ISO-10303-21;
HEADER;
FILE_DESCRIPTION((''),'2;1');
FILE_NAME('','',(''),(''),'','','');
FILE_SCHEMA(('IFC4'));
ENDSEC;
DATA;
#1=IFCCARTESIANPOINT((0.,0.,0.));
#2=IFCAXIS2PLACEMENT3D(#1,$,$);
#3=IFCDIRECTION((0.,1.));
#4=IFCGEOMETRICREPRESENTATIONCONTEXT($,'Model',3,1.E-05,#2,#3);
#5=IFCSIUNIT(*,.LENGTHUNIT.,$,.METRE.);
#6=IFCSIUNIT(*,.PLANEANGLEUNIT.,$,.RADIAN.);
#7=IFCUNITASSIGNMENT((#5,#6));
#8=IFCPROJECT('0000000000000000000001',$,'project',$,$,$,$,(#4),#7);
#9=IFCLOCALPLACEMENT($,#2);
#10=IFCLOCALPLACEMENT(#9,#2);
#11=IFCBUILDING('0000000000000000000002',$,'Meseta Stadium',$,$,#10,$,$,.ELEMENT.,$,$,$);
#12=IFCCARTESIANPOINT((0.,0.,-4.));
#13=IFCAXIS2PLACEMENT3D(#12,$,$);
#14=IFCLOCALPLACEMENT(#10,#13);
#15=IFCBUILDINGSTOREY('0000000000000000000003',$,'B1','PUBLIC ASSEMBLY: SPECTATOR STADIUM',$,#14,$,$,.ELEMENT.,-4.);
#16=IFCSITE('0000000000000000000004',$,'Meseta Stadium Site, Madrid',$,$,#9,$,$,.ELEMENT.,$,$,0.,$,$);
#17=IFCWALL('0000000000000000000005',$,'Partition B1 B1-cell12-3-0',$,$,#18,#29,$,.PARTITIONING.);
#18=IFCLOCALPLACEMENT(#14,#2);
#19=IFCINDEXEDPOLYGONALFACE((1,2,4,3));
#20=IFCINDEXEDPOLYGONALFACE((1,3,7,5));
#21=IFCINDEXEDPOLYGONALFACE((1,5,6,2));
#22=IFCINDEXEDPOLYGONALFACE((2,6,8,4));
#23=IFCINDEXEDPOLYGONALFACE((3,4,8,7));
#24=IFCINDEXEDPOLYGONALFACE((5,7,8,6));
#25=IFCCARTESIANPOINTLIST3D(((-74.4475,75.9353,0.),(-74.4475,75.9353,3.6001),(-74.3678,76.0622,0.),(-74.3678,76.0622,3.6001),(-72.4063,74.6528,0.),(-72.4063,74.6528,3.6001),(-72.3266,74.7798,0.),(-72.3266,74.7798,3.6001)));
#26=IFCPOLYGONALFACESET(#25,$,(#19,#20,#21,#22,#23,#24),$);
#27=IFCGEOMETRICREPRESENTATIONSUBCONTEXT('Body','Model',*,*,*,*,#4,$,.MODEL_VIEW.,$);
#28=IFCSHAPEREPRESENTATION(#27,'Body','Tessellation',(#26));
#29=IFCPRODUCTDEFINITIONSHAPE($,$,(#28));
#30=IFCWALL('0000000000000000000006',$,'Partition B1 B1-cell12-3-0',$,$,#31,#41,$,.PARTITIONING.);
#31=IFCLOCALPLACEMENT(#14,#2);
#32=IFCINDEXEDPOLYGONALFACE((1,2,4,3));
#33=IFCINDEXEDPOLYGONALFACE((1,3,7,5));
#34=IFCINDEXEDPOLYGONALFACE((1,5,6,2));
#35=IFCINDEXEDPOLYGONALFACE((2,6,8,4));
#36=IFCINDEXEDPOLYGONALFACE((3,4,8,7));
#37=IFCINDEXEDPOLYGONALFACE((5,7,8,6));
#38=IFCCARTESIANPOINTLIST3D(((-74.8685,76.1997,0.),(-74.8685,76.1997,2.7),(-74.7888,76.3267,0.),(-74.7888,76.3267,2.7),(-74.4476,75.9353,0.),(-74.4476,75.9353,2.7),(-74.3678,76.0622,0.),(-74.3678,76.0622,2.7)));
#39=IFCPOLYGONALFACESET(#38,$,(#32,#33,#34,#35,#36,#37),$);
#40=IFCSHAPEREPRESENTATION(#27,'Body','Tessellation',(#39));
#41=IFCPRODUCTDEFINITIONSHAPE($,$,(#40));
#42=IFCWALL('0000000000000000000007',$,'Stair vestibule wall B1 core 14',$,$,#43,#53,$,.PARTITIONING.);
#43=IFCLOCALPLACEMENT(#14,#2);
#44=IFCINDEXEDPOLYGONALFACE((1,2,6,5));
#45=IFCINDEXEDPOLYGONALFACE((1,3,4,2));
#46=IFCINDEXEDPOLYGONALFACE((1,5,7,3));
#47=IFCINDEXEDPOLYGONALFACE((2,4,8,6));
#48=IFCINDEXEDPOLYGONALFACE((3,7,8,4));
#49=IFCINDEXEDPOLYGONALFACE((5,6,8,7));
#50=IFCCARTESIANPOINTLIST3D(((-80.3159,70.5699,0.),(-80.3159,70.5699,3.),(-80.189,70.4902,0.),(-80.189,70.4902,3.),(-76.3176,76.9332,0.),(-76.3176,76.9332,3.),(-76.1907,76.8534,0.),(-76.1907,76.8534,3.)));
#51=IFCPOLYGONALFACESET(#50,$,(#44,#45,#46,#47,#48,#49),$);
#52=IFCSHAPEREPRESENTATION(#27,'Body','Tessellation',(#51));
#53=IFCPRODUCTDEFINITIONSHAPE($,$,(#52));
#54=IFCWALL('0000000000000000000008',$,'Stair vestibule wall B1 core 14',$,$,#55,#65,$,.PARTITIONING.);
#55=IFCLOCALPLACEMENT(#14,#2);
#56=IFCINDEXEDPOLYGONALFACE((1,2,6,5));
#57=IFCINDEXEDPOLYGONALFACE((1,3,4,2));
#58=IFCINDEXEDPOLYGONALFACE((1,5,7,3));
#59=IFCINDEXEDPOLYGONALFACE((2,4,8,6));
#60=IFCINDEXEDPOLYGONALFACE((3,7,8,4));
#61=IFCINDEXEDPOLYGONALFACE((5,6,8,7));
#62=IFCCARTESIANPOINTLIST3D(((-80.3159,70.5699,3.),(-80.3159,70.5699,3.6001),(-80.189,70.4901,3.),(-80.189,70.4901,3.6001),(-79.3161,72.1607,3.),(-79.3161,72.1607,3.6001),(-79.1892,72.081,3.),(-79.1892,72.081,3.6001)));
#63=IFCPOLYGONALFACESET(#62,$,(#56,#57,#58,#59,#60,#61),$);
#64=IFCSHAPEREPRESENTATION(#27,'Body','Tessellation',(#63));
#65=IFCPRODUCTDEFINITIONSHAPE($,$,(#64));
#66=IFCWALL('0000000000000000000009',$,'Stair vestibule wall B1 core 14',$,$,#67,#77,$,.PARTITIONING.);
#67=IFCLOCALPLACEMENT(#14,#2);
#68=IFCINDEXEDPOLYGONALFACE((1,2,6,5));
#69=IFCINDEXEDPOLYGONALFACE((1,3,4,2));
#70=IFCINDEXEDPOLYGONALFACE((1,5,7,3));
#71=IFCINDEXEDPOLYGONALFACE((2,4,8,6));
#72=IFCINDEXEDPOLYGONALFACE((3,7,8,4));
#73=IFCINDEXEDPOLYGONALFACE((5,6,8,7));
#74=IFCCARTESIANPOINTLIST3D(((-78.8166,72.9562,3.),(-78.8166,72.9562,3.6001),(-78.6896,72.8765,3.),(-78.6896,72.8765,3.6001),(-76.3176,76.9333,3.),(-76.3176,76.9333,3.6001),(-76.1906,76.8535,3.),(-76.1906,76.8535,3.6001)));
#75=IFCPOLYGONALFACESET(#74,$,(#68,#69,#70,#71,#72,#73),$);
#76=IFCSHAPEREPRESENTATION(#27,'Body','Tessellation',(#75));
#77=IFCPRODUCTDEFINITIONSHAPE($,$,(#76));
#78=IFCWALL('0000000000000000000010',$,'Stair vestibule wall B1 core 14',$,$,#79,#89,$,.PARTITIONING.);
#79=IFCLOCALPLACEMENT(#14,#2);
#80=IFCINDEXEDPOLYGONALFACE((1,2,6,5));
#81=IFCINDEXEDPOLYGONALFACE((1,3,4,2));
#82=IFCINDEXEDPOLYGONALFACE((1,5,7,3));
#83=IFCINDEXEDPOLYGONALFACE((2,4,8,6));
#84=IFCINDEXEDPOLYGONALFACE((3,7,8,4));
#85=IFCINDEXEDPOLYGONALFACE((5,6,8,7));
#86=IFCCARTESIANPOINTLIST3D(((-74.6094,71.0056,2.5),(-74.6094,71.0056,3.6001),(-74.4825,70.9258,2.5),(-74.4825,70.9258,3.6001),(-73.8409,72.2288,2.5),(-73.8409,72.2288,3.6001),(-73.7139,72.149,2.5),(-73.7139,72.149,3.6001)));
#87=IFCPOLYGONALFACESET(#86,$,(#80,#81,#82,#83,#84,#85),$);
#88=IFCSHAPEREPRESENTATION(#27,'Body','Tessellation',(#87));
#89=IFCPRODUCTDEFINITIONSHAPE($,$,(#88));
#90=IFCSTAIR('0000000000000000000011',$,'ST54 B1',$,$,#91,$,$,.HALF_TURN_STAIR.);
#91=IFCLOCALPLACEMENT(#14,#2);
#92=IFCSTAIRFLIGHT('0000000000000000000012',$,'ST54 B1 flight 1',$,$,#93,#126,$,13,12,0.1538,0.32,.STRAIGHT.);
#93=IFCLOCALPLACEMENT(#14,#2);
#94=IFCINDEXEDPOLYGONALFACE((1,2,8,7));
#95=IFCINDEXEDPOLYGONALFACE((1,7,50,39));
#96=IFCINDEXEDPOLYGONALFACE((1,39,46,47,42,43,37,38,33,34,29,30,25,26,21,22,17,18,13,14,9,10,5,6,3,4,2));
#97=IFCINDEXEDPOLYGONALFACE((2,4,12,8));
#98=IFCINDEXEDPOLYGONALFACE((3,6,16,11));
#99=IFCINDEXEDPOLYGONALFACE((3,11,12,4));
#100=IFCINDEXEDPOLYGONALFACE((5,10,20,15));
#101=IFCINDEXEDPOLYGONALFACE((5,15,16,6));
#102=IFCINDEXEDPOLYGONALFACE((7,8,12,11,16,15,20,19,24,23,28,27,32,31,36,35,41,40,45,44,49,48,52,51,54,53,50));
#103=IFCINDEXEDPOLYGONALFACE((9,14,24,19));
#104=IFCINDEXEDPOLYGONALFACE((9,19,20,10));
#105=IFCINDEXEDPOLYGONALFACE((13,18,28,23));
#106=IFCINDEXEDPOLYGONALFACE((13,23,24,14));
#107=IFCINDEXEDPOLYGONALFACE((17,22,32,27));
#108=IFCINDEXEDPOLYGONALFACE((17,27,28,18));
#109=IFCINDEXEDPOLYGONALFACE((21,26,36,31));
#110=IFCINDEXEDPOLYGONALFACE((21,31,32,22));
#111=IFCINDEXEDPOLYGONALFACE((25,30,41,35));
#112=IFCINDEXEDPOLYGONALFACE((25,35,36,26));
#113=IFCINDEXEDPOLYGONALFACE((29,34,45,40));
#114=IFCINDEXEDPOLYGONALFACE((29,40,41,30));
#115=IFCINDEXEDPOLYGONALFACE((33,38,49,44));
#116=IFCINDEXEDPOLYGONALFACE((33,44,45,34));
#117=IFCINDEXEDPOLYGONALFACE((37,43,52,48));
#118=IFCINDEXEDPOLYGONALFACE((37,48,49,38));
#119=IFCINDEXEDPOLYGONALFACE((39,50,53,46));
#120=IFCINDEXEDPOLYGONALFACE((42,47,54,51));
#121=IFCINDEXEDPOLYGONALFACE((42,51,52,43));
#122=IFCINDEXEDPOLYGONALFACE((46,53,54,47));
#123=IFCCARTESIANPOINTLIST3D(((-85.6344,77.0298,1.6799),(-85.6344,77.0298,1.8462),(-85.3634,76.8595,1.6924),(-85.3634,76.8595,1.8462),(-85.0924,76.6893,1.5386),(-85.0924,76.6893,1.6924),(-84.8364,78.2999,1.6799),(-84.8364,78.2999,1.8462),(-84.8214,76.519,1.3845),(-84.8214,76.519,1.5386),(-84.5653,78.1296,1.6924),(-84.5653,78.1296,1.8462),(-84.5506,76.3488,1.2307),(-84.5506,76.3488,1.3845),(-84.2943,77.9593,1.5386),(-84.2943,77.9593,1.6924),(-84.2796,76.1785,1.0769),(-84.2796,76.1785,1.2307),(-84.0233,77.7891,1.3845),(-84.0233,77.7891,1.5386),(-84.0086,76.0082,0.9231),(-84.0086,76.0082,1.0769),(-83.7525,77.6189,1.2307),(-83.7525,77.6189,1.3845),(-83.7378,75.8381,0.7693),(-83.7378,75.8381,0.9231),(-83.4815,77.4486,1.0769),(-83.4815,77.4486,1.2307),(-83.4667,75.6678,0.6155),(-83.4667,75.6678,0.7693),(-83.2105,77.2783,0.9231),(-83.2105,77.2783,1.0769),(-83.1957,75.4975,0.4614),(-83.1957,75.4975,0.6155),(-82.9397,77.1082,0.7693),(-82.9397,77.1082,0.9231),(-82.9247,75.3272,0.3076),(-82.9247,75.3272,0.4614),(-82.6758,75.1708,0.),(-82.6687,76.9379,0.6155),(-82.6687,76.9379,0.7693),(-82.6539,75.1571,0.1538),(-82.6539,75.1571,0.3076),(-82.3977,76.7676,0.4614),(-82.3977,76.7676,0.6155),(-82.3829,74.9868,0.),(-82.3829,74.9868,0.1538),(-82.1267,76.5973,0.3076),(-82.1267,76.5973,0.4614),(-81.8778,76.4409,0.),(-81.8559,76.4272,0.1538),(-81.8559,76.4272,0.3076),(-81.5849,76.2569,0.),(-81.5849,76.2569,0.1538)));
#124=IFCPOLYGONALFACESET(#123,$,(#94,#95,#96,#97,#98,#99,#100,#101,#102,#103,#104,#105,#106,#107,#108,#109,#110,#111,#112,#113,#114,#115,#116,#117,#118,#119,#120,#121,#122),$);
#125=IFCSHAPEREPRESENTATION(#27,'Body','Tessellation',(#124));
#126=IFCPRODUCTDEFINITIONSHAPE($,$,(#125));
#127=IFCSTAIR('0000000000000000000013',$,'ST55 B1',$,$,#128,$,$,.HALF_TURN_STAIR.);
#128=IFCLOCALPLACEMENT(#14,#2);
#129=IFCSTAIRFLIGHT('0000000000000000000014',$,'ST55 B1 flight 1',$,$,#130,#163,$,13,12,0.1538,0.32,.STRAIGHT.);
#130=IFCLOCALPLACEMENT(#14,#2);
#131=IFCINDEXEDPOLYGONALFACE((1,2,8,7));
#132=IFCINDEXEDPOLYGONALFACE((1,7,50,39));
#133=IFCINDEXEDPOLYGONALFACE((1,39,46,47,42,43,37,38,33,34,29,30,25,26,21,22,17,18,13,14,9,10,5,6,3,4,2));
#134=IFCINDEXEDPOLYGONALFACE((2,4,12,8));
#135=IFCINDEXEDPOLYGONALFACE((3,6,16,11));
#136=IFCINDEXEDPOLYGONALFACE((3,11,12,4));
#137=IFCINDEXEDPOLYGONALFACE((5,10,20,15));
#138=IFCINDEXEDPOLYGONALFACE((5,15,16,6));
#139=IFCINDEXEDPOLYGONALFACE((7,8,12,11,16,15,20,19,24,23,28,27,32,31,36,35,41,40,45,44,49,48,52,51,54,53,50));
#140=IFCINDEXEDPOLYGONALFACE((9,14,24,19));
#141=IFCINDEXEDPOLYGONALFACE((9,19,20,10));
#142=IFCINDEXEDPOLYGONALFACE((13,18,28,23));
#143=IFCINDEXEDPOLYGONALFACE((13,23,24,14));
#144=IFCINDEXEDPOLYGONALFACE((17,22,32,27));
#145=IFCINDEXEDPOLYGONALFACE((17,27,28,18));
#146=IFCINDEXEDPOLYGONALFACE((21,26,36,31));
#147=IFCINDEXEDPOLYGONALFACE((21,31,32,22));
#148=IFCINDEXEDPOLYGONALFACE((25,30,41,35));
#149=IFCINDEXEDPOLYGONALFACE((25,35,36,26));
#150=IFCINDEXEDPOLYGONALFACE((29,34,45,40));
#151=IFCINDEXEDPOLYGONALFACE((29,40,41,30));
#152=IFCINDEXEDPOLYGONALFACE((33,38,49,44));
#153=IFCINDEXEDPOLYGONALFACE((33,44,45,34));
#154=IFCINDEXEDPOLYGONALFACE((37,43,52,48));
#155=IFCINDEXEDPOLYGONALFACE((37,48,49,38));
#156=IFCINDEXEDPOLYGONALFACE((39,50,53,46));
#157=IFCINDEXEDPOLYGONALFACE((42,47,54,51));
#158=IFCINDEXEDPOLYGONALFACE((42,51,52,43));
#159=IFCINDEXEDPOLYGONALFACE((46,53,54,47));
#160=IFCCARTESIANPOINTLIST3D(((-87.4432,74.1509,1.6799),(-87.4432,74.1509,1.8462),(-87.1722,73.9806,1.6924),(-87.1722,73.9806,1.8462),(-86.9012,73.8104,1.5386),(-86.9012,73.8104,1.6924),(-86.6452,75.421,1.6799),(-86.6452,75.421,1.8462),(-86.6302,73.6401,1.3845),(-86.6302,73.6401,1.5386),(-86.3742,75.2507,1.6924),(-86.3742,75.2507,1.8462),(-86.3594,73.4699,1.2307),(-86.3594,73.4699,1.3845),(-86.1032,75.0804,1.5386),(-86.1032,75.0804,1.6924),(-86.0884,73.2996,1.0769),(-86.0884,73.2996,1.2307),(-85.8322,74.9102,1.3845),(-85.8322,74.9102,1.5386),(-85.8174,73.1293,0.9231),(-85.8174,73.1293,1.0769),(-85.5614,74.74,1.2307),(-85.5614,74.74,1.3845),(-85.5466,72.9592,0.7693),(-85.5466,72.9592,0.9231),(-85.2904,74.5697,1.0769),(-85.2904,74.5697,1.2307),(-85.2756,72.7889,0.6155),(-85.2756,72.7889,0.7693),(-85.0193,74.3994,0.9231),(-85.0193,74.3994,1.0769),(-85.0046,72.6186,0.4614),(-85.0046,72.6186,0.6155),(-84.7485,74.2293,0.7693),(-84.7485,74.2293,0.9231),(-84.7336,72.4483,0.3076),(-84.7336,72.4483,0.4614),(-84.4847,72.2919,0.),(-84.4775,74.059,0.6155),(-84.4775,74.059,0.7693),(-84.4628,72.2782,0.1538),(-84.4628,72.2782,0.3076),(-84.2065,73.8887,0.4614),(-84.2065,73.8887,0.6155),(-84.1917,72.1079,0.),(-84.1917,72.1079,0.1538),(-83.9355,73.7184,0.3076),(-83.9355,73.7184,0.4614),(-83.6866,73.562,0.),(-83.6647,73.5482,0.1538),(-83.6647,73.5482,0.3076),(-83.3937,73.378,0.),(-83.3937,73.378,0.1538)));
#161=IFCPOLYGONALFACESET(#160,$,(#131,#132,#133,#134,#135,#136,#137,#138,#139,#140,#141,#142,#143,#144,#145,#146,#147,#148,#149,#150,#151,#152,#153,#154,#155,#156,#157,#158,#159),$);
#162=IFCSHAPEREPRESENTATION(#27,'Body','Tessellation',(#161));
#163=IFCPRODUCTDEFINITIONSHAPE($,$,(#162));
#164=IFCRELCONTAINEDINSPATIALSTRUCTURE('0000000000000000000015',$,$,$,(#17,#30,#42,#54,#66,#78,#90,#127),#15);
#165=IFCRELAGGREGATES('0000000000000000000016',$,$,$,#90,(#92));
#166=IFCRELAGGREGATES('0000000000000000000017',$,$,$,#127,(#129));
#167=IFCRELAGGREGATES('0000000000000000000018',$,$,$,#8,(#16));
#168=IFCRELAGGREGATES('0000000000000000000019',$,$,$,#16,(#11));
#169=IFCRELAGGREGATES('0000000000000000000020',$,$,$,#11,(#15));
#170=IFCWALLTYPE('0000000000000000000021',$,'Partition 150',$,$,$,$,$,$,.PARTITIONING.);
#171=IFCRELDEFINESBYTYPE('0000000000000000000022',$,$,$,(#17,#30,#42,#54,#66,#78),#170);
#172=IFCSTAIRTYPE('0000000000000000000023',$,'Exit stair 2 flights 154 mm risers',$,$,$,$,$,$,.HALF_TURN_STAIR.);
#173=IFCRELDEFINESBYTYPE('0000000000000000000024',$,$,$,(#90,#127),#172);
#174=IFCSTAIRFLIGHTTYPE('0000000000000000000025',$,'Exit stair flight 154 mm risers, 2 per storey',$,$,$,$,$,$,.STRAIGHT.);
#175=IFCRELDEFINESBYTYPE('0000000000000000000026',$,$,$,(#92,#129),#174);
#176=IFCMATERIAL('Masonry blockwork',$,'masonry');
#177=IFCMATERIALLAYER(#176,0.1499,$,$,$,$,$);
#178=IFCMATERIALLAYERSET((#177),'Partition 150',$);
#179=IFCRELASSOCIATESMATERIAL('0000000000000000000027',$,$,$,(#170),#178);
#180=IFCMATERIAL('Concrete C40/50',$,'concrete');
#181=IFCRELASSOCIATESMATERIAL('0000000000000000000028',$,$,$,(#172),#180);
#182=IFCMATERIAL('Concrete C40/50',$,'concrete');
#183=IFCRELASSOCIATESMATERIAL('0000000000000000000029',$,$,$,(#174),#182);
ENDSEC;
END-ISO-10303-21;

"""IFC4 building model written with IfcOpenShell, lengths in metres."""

from ifc_helpers import new_model, si_unit, direction, frame, frame_2d, origin, place, context, subcontext, project, spatial, polyline, rectangle, outline, extrude, material, layer, layer_set, type_object, element, aggregate, save


model = new_model("IFC4")

# Units and contexts
model_context = context("Model", 3, precision=1e-05, world=origin(), true_north=direction((0.0, 1.0)))
body_context = subcontext(model_context, "Body", "Model", "MODEL_VIEW")
ifc_project = project(units=[si_unit("LENGTHUNIT", "METRE"), si_unit("PLANEANGLEUNIT", "RADIAN")], contexts=[model_context])

# Site, building, storey
site_placement = place(None, origin())
site = spatial("IfcSite", under=ifc_project, at=site_placement, Name="Meseta Stadium Site, Madrid", CompositionType="ELEMENT", RefElevation=0.0)
building_placement = place(site_placement, origin())
building = spatial("IfcBuilding", under=site, at=building_placement, Name="Meseta Stadium", CompositionType="ELEMENT")
storey_placement = place(building_placement, frame((0.0, 0.0, -4.0)))
storey = spatial("IfcBuildingStorey", under=building, at=storey_placement, Name="B1", Description="PUBLIC ASSEMBLY: SPECTATOR STADIUM", CompositionType="ELEMENT", Elevation=-4.0)

# Shared definitions
ifc_material_1 = material(Name="Masonry blockwork", Category="masonry")
ifc_layer_1 = layer(ifc_material_1, 0.1499)
ifc_layer_set_1 = layer_set([ifc_layer_1], Name="Partition 150")
wall_type_1 = type_object("IfcWallType", Name="Partition 150", PredefinedType="PARTITIONING", material=ifc_layer_set_1)

# Walls
wall_1_placement = place(storey_placement, frame((-72.3665, 74.7163, 0.0), z_axis=(0.0, 0.0, 1.0), x_axis=(-0.84675, 0.531991, 0.0)))
element("IfcWall", 1, at=wall_1_placement, inside=storey, type_object=wall_type_1, Name="Partition B1 B1-cell12-3-0", PredefinedType="PARTITIONING", context=body_context, shape_type="SweptSolid", body=[
    extrude(rectangle(XDim=2.4106, YDim=0.1499, at=frame_2d((1.2053, 0.0))), origin(), (0.0, 0.0, 1.0), 3.6001),
])
wall_2_placement = place(storey_placement, frame((-74.4077, 75.9988, 0.0), z_axis=(0.0, 0.0, 1.0), x_axis=(-0.846782, 0.53194, 0.0)))
element("IfcWall", 2, at=wall_2_placement, inside=storey, type_object=wall_type_1, Name="Partition B1 B1-cell12-3-0", PredefinedType="PARTITIONING", context=body_context, shape_type="SweptSolid", body=[
    extrude(rectangle(XDim=0.4971, YDim=0.1499, at=frame_2d((0.2485, 0.0))), origin(), (0.0, 0.0, 1.0), 2.7),
])
wall_3_placement = place(storey_placement, frame((-80.2524, 70.53, 0.0), z_axis=(0.0, 0.0, 1.0), x_axis=(0.53203, 0.846726, 0.0)))
element("IfcWall", 3, at=wall_3_placement, inside=storey, type_object=wall_type_1, Name="Stair vestibule wall B1 core 14", PredefinedType="PARTITIONING", context=body_context, shape_type="SweptSolid", body=[
    extrude(rectangle(XDim=7.5151, YDim=0.1499, at=frame_2d((3.7576, 0.0))), origin(), (0.0, 0.0, 1.0), 3.0),
])
wall_4_placement = place(storey_placement, frame((-80.2524, 70.53, 3.0), z_axis=(0.0, 0.0, 1.0), x_axis=(0.5321, 0.846682, 0.0)))
element("IfcWall", 4, at=wall_4_placement, inside=storey, type_object=wall_type_1, Name="Stair vestibule wall B1 core 14", PredefinedType="PARTITIONING", context=body_context, shape_type="SweptSolid", body=[
    extrude(rectangle(XDim=1.8789, YDim=0.1499, at=frame_2d((0.9395, 0.0))), origin(), (0.0, 0.0, 1.0), 0.6001),
])
wall_5_placement = place(storey_placement, frame((-78.7532, 72.9163, 3.0), z_axis=(0.0, 0.0, 1.0), x_axis=(0.532044, 0.846717, 0.0)))
element("IfcWall", 5, at=wall_5_placement, inside=storey, type_object=wall_type_1, Name="Stair vestibule wall B1 core 14", PredefinedType="PARTITIONING", context=body_context, shape_type="SweptSolid", body=[
    extrude(rectangle(XDim=4.697, YDim=0.1499, at=frame_2d((2.3486, 0.0))), origin(), (0.0, 0.0, 1.0), 0.6001),
])
wall_6_placement = place(storey_placement, frame((-74.5459, 70.9658, 2.5), z_axis=(0.0, 0.0, 1.0), x_axis=(0.532033, 0.846724, 0.0)))
element("IfcWall", 6, at=wall_6_placement, inside=storey, type_object=wall_type_1, Name="Stair vestibule wall B1 core 14", PredefinedType="PARTITIONING", context=body_context, shape_type="SweptSolid", body=[
    extrude(rectangle(XDim=1.4446, YDim=0.1499, at=frame_2d((0.7222, 0.0))), origin(), (0.0, 0.0, 1.0), 1.1001),
])

# Stairs, stair flights
ifc_material_2 = material(Name="Concrete C40/50", Category="concrete")
stair_type = type_object("IfcStairType", Name="Exit stair 2 flights 154 mm risers", PredefinedType="HALF_TURN_STAIR", material=ifc_material_2)
stair_1_placement = place(storey_placement, origin())
stair_1 = element("IfcStair", 7, at=stair_1_placement, inside=storey, type_object=stair_type, Name="ST54 B1", PredefinedType="HALF_TURN_STAIR")
ifc_material_3 = material(Name="Concrete C40/50", Category="concrete")
stair_flight_type = type_object("IfcStairFlightType", Name="Exit stair flight 154 mm risers, 2 per storey", PredefinedType="STRAIGHT", material=ifc_material_3)
stair_flight_1_placement = place(storey_placement, frame((-81.9839, 75.6218, 0.0), z_axis=(0.0, 0.0, 1.0), x_axis=(-0.846724, 0.532032, 0.0)))
stair_flight_1 = element("IfcStairFlight", 8, at=stair_flight_1_placement, type_object=stair_flight_type, Name="ST54 B1 flight 1", NumberOfRisers=13, NumberOfTreads=12, PredefinedType="STRAIGHT", RiserHeight=0.1538, TreadLength=0.32, context=body_context, shape_type="SweptSolid", body=[
    extrude(outline(polyline([(0.0, 0.0), (0.0, 0.1538), (0.3201, 0.1538), (0.3201, 0.3076), (0.6399, 0.3076), (0.6399, 0.4614), (0.96, 0.4614), (0.96, 0.6155), (1.28, 0.6155), (1.28, 0.7693), (1.6001, 0.7693), (1.6001, 0.9231), (1.9199, 0.9231), (1.9199, 1.0769), (2.24, 1.0769), (2.24, 1.2307), (2.5601, 1.2307), (2.5601, 1.3845), (2.8799, 1.3845), (2.8799, 1.5386), (3.2, 1.5386), (3.2, 1.6924), (3.52, 1.6924), (3.52, 1.8462), (3.8401, 1.8462), (3.8401, 1.6799), (0.3459, 0.0), (0.0, 0.0)])), frame((0.0, 0.75, 0.0), z_axis=(0.0, -1.0, 0.0), x_axis=(1.0, 0.0, 0.0)), (0.0, 0.0, 1.0), 1.5),
])
aggregate(stair_1, [stair_flight_1])
stair_2_placement = place(storey_placement, origin())
stair_2 = element("IfcStair", 9, at=stair_2_placement, inside=storey, type_object=stair_type, Name="ST55 B1", PredefinedType="HALF_TURN_STAIR")
stair_flight_2_placement = place(storey_placement, frame((-83.7927, 72.7429, 0.0), z_axis=(0.0, 0.0, 1.0), x_axis=(-0.846724, 0.532032, 0.0)))
stair_flight_2 = element("IfcStairFlight", 10, at=stair_flight_2_placement, type_object=stair_flight_type, Name="ST55 B1 flight 1", NumberOfRisers=13, NumberOfTreads=12, PredefinedType="STRAIGHT", RiserHeight=0.1538, TreadLength=0.32, context=body_context, shape_type="SweptSolid", body=[
    extrude(outline(polyline([(0.0, 0.0), (0.0, 0.1538), (0.3201, 0.1538), (0.3201, 0.3076), (0.6399, 0.3076), (0.6399, 0.4614), (0.96, 0.4614), (0.96, 0.6155), (1.28, 0.6155), (1.28, 0.7693), (1.6001, 0.7693), (1.6001, 0.9231), (1.9199, 0.9231), (1.9199, 1.0769), (2.24, 1.0769), (2.24, 1.2307), (2.5601, 1.2307), (2.5601, 1.3845), (2.8799, 1.3845), (2.8799, 1.5386), (3.2, 1.5386), (3.2, 1.6924), (3.52, 1.6924), (3.52, 1.8462), (3.8401, 1.8462), (3.8401, 1.6799), (0.3459, 0.0), (0.0, 0.0)])), frame((0.0, 0.75, 0.0), z_axis=(0.0, -1.0, 0.0), x_axis=(1.0, 0.0, 0.0)), (0.0, 0.0, 1.0), 1.5),
])
aggregate(stair_2, [stair_flight_2])

save(model, "model.ifc")
